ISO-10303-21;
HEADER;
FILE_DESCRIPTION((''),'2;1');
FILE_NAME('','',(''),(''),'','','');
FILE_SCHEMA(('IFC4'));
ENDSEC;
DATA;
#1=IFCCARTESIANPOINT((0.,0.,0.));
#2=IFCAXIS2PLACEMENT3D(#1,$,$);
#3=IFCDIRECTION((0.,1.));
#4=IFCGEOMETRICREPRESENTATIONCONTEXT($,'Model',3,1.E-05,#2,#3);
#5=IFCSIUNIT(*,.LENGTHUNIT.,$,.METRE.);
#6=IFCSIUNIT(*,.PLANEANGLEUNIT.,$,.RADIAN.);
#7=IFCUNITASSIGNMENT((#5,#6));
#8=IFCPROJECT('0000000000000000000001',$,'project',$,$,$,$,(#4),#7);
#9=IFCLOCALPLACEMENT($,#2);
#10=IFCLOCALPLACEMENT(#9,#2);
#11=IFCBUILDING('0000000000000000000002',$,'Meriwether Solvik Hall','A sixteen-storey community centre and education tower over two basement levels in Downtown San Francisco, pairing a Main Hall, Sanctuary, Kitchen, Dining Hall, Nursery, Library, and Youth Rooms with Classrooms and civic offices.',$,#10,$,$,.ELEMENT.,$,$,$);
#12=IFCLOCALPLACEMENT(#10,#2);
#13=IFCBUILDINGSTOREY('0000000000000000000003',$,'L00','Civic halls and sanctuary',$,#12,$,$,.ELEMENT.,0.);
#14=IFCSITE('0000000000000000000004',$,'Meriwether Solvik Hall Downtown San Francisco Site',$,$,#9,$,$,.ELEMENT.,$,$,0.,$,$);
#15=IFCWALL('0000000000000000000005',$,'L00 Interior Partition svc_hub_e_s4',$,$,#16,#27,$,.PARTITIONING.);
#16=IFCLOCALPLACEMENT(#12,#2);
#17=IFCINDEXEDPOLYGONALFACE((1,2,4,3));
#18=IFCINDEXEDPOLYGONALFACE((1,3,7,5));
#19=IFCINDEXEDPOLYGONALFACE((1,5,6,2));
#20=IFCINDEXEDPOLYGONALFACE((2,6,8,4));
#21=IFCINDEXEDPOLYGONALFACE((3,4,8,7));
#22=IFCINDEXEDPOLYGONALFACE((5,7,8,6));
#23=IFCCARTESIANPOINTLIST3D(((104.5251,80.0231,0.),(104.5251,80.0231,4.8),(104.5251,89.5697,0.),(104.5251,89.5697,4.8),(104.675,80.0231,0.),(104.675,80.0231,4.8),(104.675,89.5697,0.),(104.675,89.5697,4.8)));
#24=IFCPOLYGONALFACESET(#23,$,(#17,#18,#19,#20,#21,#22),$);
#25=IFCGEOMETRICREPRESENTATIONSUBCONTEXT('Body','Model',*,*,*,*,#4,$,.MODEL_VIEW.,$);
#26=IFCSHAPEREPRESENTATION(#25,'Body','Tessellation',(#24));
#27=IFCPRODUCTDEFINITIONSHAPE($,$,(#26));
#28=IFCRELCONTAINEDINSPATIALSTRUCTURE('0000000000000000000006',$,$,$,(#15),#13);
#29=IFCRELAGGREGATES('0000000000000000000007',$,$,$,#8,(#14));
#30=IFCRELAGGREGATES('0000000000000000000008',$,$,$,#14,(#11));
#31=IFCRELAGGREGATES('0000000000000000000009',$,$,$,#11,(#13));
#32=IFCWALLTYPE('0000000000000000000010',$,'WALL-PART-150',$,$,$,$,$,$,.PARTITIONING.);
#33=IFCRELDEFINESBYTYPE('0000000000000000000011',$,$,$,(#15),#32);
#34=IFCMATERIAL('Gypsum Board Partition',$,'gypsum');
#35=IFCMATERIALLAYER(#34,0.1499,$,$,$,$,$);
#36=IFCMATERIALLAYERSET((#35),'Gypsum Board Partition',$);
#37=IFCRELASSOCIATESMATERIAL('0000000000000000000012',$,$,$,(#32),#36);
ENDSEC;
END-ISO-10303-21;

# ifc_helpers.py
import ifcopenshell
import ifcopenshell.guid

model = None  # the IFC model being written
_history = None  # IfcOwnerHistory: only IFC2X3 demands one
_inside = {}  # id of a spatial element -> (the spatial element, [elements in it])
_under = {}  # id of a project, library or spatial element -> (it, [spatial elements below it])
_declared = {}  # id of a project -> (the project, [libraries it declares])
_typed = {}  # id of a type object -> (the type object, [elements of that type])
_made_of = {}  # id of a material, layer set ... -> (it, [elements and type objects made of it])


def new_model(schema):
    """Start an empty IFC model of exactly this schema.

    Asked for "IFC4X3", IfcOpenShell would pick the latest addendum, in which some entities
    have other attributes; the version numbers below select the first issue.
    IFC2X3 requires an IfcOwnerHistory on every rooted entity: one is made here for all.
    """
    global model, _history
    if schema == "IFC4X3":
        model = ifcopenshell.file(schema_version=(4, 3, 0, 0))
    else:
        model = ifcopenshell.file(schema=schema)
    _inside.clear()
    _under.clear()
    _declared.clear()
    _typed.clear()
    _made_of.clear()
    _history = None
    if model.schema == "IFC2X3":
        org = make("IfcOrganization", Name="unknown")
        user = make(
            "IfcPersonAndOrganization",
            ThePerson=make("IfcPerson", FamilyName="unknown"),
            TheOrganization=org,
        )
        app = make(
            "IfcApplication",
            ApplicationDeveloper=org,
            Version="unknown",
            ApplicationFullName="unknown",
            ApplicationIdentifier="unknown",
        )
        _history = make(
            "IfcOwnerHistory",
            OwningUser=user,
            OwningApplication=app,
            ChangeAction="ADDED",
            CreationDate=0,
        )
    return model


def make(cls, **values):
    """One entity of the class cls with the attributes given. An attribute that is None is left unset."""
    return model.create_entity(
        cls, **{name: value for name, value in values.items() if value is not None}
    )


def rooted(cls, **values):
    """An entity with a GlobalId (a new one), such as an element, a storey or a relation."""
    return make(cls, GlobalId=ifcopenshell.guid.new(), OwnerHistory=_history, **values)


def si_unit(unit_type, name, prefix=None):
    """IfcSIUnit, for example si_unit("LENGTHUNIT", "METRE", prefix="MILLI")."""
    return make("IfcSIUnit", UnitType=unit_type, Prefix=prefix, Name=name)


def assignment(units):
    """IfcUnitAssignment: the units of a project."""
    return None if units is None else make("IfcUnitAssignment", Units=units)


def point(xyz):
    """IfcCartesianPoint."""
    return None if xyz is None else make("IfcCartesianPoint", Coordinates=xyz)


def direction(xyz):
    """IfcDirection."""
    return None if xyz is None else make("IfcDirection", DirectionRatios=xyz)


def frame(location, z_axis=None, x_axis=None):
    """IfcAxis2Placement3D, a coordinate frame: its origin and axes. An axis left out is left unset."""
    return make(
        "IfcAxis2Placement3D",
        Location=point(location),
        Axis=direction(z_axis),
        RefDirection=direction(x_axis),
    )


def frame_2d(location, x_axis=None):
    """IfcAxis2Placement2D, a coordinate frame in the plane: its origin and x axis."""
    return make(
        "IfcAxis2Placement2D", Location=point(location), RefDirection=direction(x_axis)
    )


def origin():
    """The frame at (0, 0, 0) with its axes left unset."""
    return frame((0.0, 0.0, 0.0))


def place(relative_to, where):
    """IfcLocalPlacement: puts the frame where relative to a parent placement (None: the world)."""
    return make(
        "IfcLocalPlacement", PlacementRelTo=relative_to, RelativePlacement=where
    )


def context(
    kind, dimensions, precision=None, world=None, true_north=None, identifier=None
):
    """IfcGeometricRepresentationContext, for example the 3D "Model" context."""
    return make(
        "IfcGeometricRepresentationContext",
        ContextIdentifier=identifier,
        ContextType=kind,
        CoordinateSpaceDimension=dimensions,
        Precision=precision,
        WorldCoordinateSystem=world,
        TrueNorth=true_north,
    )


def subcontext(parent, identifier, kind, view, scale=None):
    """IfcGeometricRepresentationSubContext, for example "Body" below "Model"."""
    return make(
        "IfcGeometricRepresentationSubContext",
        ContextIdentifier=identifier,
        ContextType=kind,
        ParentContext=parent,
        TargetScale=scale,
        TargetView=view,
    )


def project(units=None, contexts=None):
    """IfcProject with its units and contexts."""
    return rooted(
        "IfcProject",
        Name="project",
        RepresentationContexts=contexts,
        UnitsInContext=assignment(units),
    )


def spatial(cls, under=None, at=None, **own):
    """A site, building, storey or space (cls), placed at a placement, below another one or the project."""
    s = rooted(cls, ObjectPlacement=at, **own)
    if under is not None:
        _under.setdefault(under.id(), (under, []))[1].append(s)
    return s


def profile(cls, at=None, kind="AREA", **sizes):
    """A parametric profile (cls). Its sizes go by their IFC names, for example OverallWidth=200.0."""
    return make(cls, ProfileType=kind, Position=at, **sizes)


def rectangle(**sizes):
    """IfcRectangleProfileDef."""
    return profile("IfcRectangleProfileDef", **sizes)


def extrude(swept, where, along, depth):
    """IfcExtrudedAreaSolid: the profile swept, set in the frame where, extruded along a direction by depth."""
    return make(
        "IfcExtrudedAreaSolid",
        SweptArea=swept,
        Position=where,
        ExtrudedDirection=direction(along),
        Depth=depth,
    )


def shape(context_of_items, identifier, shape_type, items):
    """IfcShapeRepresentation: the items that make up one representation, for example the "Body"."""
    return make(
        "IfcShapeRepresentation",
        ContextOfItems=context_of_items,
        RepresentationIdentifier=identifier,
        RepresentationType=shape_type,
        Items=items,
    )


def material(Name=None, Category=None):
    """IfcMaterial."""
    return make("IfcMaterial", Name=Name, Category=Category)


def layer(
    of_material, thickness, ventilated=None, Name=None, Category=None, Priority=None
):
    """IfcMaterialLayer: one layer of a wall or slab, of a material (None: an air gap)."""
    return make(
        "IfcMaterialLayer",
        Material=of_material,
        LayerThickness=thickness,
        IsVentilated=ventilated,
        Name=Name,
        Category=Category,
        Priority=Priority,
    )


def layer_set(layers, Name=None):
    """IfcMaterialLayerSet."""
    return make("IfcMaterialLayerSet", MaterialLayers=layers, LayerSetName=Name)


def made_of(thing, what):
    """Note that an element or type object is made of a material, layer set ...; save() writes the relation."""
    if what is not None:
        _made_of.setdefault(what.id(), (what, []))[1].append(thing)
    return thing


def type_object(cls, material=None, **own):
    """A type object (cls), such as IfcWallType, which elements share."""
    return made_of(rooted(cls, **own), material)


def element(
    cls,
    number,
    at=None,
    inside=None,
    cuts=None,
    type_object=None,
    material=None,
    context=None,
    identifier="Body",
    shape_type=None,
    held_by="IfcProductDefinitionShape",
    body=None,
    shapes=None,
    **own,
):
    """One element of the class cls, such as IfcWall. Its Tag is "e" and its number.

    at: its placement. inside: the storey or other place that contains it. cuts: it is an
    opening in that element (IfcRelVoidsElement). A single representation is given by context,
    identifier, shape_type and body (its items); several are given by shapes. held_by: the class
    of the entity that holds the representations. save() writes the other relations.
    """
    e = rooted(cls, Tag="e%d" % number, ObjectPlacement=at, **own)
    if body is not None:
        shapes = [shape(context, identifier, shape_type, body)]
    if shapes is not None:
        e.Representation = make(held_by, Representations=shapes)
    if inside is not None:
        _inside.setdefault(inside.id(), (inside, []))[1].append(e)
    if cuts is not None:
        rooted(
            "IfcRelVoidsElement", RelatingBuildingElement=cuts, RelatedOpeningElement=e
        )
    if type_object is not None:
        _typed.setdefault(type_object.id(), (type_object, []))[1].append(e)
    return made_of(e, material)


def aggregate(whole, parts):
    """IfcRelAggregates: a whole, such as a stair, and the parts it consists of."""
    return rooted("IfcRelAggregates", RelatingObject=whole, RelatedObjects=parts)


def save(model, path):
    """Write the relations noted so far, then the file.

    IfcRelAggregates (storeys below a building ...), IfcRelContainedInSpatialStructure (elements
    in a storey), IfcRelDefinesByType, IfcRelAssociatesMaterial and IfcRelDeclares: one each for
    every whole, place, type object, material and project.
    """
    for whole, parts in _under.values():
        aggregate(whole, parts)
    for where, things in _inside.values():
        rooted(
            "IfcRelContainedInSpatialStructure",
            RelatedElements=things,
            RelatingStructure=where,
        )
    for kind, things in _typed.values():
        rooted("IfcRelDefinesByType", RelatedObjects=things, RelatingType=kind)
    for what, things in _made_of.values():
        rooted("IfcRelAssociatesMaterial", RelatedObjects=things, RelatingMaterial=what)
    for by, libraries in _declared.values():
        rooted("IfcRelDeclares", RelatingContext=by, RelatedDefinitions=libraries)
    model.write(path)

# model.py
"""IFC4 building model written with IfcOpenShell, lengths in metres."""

from ifc_helpers import new_model, si_unit, direction, frame, frame_2d, origin, place, context, subcontext, project, spatial, rectangle, extrude, material, layer, layer_set, type_object, element, save


model = new_model("IFC4")

# Units and contexts
model_context = context("Model", 3, precision=1e-05, world=origin(), true_north=direction((0.0, 1.0)))
body_context = subcontext(model_context, "Body", "Model", "MODEL_VIEW")
ifc_project = project(units=[si_unit("LENGTHUNIT", "METRE"), si_unit("PLANEANGLEUNIT", "RADIAN")], contexts=[model_context])

# Site, building, storey
site_placement = place(None, origin())
site = spatial("IfcSite", under=ifc_project, at=site_placement, Name="Meriwether Solvik Hall Downtown San Francisco Site", CompositionType="ELEMENT", RefElevation=0.0)
building_placement = place(site_placement, origin())
building = spatial("IfcBuilding", under=site, at=building_placement, Name="Meriwether Solvik Hall", Description="A sixteen-storey community centre and education tower over two basement levels in Downtown San Francisco, pairing a Main Hall, Sanctuary, Kitchen, Dining Hall, Nursery, Library, and Youth Rooms with Classrooms and civic offices.", CompositionType="ELEMENT")
storey_placement = place(building_placement, origin())
storey = spatial("IfcBuildingStorey", under=building, at=storey_placement, Name="L00", Description="Civic halls and sanctuary", CompositionType="ELEMENT", Elevation=0.0)

# Shared definitions
ifc_material_1 = material(Name="Gypsum Board Partition", Category="gypsum")
ifc_layer_1 = layer(ifc_material_1, 0.1499)
ifc_layer_set_1 = layer_set([ifc_layer_1], Name="Gypsum Board Partition")
wall_type_1 = type_object("IfcWallType", Name="WALL-PART-150", PredefinedType="PARTITIONING", material=ifc_layer_set_1)

# Wall
wall_1_placement = place(storey_placement, frame((104.6001, 80.0229, 0.0), z_axis=(0.0, 0.0, 1.0), x_axis=(0.0, 1.0, 0.0)))
element("IfcWall", 1, at=wall_1_placement, inside=storey, type_object=wall_type_1, Name="L00 Interior Partition svc_hub_e_s4", PredefinedType="PARTITIONING", context=body_context, shape_type="SweptSolid", body=[
    extrude(rectangle(XDim=9.5466, YDim=0.1499, at=frame_2d((4.7734, 0.0))), origin(), (0.0, 0.0, 1.0), 4.8),
])

save(model, "model.ifc")
